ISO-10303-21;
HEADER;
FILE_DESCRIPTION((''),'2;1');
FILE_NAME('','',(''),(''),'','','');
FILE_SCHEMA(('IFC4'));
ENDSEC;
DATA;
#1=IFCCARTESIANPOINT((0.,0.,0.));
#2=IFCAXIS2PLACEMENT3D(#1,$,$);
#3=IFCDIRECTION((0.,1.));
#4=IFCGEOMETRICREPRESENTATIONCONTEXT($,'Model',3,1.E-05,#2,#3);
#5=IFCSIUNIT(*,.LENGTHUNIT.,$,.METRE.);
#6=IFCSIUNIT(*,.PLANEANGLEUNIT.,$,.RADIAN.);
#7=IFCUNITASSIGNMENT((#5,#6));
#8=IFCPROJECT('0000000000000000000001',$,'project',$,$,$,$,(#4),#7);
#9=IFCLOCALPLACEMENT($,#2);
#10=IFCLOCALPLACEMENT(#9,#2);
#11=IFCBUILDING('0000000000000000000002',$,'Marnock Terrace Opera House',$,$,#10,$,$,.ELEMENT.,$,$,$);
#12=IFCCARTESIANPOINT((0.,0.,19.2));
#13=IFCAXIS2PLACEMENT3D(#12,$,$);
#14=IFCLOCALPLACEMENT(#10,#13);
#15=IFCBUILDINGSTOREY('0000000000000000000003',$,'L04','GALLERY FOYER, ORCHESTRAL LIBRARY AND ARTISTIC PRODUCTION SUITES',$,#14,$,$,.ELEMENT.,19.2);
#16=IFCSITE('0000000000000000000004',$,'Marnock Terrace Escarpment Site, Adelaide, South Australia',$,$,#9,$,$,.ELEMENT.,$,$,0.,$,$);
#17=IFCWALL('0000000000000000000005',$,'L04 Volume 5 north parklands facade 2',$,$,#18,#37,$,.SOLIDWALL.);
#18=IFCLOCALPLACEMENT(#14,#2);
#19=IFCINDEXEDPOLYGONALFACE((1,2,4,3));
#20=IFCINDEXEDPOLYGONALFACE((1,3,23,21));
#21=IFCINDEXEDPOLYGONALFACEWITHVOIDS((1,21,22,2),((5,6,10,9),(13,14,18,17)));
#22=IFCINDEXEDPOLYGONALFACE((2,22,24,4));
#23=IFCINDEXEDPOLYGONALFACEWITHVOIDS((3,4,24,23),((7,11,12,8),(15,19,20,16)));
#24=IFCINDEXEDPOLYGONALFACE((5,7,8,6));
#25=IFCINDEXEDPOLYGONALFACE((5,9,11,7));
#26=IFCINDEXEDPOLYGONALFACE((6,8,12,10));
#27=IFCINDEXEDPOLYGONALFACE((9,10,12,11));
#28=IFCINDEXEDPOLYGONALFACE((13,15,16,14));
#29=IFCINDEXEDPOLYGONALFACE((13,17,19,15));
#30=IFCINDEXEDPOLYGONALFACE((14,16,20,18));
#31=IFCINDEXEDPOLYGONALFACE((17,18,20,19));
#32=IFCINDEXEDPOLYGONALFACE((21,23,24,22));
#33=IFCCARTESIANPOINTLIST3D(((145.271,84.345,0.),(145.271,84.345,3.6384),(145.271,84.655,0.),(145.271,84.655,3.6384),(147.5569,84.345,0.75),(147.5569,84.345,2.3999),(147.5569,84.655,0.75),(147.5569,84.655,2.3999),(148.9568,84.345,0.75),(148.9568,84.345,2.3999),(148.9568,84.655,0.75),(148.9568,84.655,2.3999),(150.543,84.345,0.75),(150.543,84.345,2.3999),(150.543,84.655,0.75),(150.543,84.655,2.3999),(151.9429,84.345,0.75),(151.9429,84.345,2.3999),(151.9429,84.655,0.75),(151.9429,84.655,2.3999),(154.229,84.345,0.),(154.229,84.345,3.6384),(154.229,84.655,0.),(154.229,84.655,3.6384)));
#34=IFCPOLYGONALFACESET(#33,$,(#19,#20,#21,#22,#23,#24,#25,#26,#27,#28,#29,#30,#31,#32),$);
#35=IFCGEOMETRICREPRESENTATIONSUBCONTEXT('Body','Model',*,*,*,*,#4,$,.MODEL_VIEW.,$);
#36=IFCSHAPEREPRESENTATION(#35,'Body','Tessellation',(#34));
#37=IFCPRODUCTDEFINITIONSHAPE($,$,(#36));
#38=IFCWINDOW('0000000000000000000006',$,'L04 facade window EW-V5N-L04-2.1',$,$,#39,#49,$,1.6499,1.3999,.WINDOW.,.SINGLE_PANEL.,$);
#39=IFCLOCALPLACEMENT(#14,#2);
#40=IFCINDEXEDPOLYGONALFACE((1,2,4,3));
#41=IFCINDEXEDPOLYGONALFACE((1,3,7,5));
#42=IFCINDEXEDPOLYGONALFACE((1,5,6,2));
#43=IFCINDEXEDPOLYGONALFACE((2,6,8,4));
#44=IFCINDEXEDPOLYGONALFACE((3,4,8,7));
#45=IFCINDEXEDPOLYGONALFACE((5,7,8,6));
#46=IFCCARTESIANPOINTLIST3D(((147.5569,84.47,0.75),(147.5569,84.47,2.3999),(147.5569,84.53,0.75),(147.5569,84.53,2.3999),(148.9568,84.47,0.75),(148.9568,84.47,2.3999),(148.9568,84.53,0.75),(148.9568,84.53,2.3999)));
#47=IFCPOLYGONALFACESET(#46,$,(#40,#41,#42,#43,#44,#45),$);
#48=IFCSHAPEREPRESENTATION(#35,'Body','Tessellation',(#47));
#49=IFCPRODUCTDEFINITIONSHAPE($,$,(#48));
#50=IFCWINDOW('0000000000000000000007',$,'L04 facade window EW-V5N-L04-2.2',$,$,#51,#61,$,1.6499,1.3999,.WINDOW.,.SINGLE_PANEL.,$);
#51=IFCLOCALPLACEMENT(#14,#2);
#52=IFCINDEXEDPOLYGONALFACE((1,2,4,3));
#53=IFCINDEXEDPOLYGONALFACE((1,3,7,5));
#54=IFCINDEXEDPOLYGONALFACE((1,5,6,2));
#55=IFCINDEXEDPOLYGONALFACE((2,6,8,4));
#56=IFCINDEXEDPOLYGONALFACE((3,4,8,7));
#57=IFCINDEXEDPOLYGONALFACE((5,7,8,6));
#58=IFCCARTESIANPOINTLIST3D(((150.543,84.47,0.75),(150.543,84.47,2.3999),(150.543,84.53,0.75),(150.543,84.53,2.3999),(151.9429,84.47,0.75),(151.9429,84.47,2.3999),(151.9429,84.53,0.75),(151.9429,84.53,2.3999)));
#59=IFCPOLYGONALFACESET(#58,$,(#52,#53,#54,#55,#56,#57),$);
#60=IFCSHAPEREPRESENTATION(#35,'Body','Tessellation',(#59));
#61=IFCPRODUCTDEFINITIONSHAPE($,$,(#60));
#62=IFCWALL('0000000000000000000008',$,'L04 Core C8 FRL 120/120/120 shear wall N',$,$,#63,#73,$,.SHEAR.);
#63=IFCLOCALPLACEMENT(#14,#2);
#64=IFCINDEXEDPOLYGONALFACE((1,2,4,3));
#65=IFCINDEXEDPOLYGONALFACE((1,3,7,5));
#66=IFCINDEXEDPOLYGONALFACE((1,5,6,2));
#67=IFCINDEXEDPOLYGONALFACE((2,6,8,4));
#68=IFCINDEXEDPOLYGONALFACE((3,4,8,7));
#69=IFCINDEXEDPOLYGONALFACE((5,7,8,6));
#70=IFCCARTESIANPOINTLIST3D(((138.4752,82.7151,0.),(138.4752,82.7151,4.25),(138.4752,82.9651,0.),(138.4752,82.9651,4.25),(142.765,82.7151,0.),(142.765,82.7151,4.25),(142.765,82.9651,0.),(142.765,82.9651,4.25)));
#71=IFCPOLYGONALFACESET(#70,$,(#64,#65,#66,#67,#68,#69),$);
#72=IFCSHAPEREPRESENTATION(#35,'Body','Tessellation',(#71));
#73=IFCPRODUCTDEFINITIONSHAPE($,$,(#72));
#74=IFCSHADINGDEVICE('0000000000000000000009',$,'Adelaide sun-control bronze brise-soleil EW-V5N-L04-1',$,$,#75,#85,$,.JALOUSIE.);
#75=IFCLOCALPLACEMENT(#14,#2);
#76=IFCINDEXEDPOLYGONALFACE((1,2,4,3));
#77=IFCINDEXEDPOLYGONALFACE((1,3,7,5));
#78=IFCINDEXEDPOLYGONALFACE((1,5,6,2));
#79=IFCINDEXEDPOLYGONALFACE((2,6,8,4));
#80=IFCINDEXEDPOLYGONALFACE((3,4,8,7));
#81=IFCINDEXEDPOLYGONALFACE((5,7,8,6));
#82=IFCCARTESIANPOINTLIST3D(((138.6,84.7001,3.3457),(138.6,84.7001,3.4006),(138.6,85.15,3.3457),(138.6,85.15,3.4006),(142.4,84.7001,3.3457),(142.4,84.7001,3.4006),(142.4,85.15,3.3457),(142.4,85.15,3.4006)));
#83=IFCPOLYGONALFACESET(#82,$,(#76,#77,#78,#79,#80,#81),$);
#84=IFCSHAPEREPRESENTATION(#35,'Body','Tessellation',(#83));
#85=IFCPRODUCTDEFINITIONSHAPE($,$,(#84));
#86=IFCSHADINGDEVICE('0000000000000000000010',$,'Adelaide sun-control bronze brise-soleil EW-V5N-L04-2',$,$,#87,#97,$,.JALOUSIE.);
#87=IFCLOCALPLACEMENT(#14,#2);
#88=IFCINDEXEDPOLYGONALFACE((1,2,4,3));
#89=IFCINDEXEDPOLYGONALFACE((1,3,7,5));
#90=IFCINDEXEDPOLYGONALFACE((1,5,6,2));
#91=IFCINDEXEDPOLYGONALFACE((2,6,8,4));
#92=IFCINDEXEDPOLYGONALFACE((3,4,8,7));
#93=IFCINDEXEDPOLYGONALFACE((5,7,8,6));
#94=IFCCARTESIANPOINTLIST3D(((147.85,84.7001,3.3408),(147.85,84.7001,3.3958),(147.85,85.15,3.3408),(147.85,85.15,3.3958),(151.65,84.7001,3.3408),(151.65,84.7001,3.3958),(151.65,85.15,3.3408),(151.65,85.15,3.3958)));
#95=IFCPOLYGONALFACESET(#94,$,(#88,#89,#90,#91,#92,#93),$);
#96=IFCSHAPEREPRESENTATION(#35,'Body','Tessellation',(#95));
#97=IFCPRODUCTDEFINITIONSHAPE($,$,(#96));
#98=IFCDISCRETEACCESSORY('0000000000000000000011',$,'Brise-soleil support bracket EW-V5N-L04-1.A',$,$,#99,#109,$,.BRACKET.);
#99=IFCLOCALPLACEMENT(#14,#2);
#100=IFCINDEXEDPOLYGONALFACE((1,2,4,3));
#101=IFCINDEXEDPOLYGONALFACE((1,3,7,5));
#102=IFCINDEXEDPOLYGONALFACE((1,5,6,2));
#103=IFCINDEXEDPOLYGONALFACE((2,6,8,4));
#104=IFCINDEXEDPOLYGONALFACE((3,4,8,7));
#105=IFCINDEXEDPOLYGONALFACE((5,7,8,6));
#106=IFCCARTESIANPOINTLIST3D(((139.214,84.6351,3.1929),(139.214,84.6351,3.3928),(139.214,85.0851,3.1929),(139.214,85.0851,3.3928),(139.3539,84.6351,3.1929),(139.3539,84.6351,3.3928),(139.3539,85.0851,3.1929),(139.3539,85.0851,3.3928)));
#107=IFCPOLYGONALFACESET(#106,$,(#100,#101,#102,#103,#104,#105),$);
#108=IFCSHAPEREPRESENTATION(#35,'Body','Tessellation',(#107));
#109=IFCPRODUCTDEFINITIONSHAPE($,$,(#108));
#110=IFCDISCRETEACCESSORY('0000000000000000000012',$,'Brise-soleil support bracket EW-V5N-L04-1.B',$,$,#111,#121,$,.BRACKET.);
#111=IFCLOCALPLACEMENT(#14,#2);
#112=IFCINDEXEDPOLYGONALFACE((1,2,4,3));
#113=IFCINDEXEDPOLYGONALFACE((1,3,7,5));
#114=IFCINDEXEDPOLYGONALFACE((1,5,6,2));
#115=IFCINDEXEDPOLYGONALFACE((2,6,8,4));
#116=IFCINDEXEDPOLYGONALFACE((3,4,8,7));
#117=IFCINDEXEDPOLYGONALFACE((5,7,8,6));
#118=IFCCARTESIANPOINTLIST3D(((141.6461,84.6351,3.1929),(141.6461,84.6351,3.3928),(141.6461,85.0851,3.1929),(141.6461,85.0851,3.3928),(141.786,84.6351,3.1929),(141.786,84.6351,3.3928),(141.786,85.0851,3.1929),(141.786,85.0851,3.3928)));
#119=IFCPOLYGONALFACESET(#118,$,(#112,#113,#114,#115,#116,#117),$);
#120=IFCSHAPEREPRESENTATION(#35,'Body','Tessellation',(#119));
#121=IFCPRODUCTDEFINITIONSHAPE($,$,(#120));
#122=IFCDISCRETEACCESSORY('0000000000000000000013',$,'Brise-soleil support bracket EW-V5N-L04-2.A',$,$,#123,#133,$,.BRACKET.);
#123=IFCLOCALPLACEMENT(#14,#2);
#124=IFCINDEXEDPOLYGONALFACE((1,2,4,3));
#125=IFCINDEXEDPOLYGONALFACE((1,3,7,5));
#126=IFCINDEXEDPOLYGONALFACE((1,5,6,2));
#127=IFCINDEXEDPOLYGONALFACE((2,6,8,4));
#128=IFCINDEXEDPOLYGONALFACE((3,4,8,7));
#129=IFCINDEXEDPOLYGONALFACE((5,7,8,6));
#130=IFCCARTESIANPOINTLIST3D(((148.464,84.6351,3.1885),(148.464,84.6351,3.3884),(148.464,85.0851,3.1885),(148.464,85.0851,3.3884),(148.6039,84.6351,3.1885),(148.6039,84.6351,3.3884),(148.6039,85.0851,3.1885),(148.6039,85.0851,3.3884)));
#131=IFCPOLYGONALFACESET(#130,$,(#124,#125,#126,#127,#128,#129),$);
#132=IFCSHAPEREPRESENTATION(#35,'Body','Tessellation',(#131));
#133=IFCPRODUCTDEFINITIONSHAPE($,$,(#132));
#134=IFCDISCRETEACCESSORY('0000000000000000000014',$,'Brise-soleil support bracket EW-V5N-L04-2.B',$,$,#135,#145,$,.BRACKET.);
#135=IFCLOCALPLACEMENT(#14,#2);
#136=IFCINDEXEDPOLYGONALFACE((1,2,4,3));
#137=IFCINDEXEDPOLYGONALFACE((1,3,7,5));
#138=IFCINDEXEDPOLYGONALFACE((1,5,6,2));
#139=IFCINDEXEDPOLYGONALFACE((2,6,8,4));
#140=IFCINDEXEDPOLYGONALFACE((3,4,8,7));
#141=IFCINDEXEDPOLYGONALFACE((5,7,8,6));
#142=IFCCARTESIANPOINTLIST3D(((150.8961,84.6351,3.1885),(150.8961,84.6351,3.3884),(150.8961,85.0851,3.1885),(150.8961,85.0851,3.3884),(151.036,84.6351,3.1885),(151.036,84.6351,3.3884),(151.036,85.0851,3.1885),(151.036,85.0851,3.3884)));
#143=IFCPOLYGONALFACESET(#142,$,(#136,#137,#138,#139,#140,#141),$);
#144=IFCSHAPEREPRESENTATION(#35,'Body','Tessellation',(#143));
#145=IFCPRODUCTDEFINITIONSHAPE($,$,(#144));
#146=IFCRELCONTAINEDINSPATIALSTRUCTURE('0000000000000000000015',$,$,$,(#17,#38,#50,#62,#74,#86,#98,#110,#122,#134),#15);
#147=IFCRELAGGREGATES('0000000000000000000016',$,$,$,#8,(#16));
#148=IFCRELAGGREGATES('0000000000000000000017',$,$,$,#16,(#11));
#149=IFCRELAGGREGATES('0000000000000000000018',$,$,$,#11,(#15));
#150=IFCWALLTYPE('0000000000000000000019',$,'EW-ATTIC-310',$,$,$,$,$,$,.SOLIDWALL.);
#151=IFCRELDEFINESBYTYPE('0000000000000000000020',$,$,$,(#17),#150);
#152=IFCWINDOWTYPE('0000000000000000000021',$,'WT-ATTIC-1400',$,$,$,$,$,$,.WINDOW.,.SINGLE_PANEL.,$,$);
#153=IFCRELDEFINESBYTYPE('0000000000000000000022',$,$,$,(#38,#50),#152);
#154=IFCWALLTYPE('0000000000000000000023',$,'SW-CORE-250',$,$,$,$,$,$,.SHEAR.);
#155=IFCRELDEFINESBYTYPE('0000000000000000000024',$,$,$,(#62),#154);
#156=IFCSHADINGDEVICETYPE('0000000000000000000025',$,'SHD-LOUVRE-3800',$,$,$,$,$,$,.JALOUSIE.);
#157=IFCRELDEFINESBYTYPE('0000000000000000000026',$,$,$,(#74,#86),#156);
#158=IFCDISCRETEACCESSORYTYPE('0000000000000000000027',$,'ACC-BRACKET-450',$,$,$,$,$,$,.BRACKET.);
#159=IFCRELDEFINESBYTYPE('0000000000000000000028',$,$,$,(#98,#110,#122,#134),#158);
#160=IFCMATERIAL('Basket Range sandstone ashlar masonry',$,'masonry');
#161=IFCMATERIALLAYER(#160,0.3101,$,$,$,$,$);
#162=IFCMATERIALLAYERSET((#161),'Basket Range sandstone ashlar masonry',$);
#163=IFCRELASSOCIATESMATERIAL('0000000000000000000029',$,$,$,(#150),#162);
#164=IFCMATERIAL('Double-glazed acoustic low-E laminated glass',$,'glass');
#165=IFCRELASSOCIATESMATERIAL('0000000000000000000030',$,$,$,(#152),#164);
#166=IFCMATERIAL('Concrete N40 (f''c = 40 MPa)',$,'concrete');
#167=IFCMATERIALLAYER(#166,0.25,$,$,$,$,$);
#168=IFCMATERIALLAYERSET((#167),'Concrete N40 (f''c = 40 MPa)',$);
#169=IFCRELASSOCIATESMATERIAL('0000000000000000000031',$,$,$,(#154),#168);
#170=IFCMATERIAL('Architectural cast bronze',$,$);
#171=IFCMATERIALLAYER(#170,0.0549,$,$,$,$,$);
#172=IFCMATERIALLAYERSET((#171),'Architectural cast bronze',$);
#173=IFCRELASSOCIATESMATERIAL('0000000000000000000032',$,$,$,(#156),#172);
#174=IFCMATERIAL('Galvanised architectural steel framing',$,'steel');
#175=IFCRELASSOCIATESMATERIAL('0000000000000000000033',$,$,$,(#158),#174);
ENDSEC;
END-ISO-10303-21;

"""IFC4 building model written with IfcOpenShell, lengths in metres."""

from ifc_helpers import new_model, si_unit, direction, frame, frame_2d, origin, origin_2d, place, context, subcontext, project, spatial, rectangle, extrude, material, layer, layer_set, type_object, element, fill, save


model = new_model("IFC4")

# Units and contexts
model_context = context("Model", 3, precision=1e-05, world=origin(), true_north=direction((0.0, 1.0)))
body_context = subcontext(model_context, "Body", "Model", "MODEL_VIEW")
ifc_project = project(units=[si_unit("LENGTHUNIT", "METRE"), si_unit("PLANEANGLEUNIT", "RADIAN")], contexts=[model_context])

# Site, building, storey
site_placement = place(None, origin())
site = spatial("IfcSite", under=ifc_project, at=site_placement, Name="Marnock Terrace Escarpment Site, Adelaide, South Australia", CompositionType="ELEMENT", RefElevation=0.0)
building_placement = place(site_placement, origin())
building = spatial("IfcBuilding", under=site, at=building_placement, Name="Marnock Terrace Opera House", CompositionType="ELEMENT")
storey_placement = place(building_placement, frame((0.0, 0.0, 19.2)))
storey = spatial("IfcBuildingStorey", under=building, at=storey_placement, Name="L04", Description="GALLERY FOYER, ORCHESTRAL LIBRARY AND ARTISTIC PRODUCTION SUITES", CompositionType="ELEMENT", Elevation=19.2)

# Shared definitions
ifc_material_1 = material(Name="Concrete N40 (f'c = 40 MPa)", Category="concrete")

# Wall, openings, windows
ifc_material_2 = material(Name="Basket Range sandstone ashlar masonry", Category="masonry")
ifc_layer_1 = layer(ifc_material_2, 0.3101)
ifc_layer_set_1 = layer_set([ifc_layer_1], Name="Basket Range sandstone ashlar masonry")
wall_type_1 = type_object("IfcWallType", Name="EW-ATTIC-310", PredefinedType="SOLIDWALL", material=ifc_layer_set_1)
ifc_material_3 = material(Name="Double-glazed acoustic low-E laminated glass", Category="glass")
window_type = type_object("IfcWindowType", Name="WT-ATTIC-1400", PartitioningType="SINGLE_PANEL", PredefinedType="WINDOW", material=ifc_material_3)
wall_1_placement = place(storey_placement, frame((145.271, 84.5, 0.0), z_axis=(0.0, 0.0, 1.0), x_axis=(1.0, 0.0, 0.0)))
wall_1 = element("IfcWall", 1, at=wall_1_placement, inside=storey, type_object=wall_type_1, Name="L04 Volume 5 north parklands facade 2", PredefinedType="SOLIDWALL", context=body_context, shape_type="SweptSolid", body=[
    extrude(rectangle(XDim=8.958, YDim=0.3101, at=frame_2d((4.479, 0.0))), origin(), (0.0, 0.0, 1.0), 3.6384),
])
opening_1_placement = place(wall_1_placement, frame((2.2859, 0.0, 0.75)))
opening_1 = element("IfcOpeningElement", 2, at=opening_1_placement, cuts=wall_1, PredefinedType="OPENING", context=body_context, shape_type="SweptSolid", body=[
    extrude(rectangle(XDim=1.3999, YDim=1.6499, at=frame_2d((0.7, 0.825))), frame((0.0, 0.165, 0.0), z_axis=(0.0, -1.0, 0.0), x_axis=(1.0, 0.0, 0.0)), (0.0, 0.0, 1.0), 0.3301),
])
opening_2_placement = place(wall_1_placement, frame((5.272, 0.0, 0.75)))
opening_2 = element("IfcOpeningElement", 3, at=opening_2_placement, cuts=wall_1, PredefinedType="OPENING", context=body_context, shape_type="SweptSolid", body=[
    extrude(rectangle(XDim=1.3999, YDim=1.6499, at=frame_2d((0.7, 0.825))), frame((0.0, 0.165, 0.0), z_axis=(0.0, -1.0, 0.0), x_axis=(1.0, 0.0, 0.0)), (0.0, 0.0, 1.0), 0.3301),
])
window_1_placement = place(opening_1_placement, origin())
window_1 = element("IfcWindow", 4, at=window_1_placement, inside=storey, type_object=window_type, Name="L04 facade window EW-V5N-L04-2.1", OverallHeight=1.6499, OverallWidth=1.3999, PartitioningType="SINGLE_PANEL", PredefinedType="WINDOW", context=body_context, shape_type="SweptSolid", body=[
    extrude(rectangle(XDim=1.3999, YDim=1.6499, at=frame_2d((0.7, 0.825))), frame((0.0, 0.03, 0.0), z_axis=(0.0, -1.0, 0.0), x_axis=(1.0, 0.0, 0.0)), (0.0, 0.0, 1.0), 0.0601),
])
fill(opening_1, window_1)
window_2_placement = place(opening_2_placement, origin())
window_2 = element("IfcWindow", 5, at=window_2_placement, inside=storey, type_object=window_type, Name="L04 facade window EW-V5N-L04-2.2", OverallHeight=1.6499, OverallWidth=1.3999, PartitioningType="SINGLE_PANEL", PredefinedType="WINDOW", context=body_context, shape_type="SweptSolid", body=[
    extrude(rectangle(XDim=1.3999, YDim=1.6499, at=frame_2d((0.7, 0.825))), frame((0.0, 0.03, 0.0), z_axis=(0.0, -1.0, 0.0), x_axis=(1.0, 0.0, 0.0)), (0.0, 0.0, 1.0), 0.0601),
])
fill(opening_2, window_2)

# Wall
ifc_layer_2 = layer(ifc_material_1, 0.25)
ifc_layer_set_2 = layer_set([ifc_layer_2], Name="Concrete N40 (f'c = 40 MPa)")
wall_type_2 = type_object("IfcWallType", Name="SW-CORE-250", PredefinedType="SHEAR", material=ifc_layer_set_2)
wall_2_placement = place(storey_placement, frame((138.4751, 82.8401, 0.0), z_axis=(0.0, 0.0, 1.0), x_axis=(1.0, 0.0, 0.0)))
element("IfcWall", 6, at=wall_2_placement, inside=storey, type_object=wall_type_2, Name="L04 Core C8 FRL 120/120/120 shear wall N", PredefinedType="SHEAR", context=body_context, shape_type="SweptSolid", body=[
    extrude(rectangle(XDim=4.2898, YDim=0.25, at=frame_2d((2.145, 0.0))), origin(), (0.0, 0.0, 1.0), 4.25),
])

# Shading devices
ifc_material_4 = material(Name="Architectural cast bronze")
ifc_layer_3 = layer(ifc_material_4, 0.0549)
ifc_layer_set_3 = layer_set([ifc_layer_3], Name="Architectural cast bronze")
shading_device_type = type_object("IfcShadingDeviceType", Name="SHD-LOUVRE-3800", PredefinedType="JALOUSIE", material=ifc_layer_set_3)
for number, where, z_axis, x_axis, name in (
    (7, (140.5, 84.925, 3.3457), (0.0, 0.0, 1.0), (1.0, 0.0, 0.0), "Adelaide sun-control bronze brise-soleil EW-V5N-L04-1"),
    (8, (149.75, 84.925, 3.3408), (0.0, 0.0, 1.0), (1.0, 0.0, 0.0), "Adelaide sun-control bronze brise-soleil EW-V5N-L04-2"),
):
    element("IfcShadingDevice", number, at=place(storey_placement, frame(where, z_axis=z_axis, x_axis=x_axis)), inside=storey, type_object=shading_device_type, Name=name, PredefinedType="JALOUSIE", context=body_context, shape_type="SweptSolid", body=[
        extrude(rectangle(XDim=3.8, YDim=0.45, at=origin_2d()), origin(), (0.0, 0.0, 1.0), 0.0549),
    ])

# Discrete accessories
ifc_material_5 = material(Name="Galvanised architectural steel framing", Category="steel")
discrete_accessory_type = type_object("IfcDiscreteAccessoryType", Name="ACC-BRACKET-450", PredefinedType="BRACKET", material=ifc_material_5)
for number, where, z_axis, x_axis, name in (
    (9, (139.2839, 84.8601, 3.1929), (0.0, 0.0, 1.0), (1.0, 0.0, 0.0), "Brise-soleil support bracket EW-V5N-L04-1.A"),
    (10, (141.7161, 84.8601, 3.1929), (0.0, 0.0, 1.0), (1.0, 0.0, 0.0), "Brise-soleil support bracket EW-V5N-L04-1.B"),
    (11, (148.5339, 84.8601, 3.1885), (0.0, 0.0, 1.0), (1.0, 0.0, 0.0), "Brise-soleil support bracket EW-V5N-L04-2.A"),
    (12, (150.9661, 84.8601, 3.1885), (0.0, 0.0, 1.0), (1.0, 0.0, 0.0), "Brise-soleil support bracket EW-V5N-L04-2.B"),
):
    element("IfcDiscreteAccessory", number, at=place(storey_placement, frame(where, z_axis=z_axis, x_axis=x_axis)), inside=storey, type_object=discrete_accessory_type, Name=name, PredefinedType="BRACKET", context=body_context, shape_type="SweptSolid", body=[
        extrude(rectangle(XDim=0.1399, YDim=0.45, at=origin_2d()), origin(), (0.0, 0.0, 1.0), 0.2),
    ])

save(model, "model.ifc")
